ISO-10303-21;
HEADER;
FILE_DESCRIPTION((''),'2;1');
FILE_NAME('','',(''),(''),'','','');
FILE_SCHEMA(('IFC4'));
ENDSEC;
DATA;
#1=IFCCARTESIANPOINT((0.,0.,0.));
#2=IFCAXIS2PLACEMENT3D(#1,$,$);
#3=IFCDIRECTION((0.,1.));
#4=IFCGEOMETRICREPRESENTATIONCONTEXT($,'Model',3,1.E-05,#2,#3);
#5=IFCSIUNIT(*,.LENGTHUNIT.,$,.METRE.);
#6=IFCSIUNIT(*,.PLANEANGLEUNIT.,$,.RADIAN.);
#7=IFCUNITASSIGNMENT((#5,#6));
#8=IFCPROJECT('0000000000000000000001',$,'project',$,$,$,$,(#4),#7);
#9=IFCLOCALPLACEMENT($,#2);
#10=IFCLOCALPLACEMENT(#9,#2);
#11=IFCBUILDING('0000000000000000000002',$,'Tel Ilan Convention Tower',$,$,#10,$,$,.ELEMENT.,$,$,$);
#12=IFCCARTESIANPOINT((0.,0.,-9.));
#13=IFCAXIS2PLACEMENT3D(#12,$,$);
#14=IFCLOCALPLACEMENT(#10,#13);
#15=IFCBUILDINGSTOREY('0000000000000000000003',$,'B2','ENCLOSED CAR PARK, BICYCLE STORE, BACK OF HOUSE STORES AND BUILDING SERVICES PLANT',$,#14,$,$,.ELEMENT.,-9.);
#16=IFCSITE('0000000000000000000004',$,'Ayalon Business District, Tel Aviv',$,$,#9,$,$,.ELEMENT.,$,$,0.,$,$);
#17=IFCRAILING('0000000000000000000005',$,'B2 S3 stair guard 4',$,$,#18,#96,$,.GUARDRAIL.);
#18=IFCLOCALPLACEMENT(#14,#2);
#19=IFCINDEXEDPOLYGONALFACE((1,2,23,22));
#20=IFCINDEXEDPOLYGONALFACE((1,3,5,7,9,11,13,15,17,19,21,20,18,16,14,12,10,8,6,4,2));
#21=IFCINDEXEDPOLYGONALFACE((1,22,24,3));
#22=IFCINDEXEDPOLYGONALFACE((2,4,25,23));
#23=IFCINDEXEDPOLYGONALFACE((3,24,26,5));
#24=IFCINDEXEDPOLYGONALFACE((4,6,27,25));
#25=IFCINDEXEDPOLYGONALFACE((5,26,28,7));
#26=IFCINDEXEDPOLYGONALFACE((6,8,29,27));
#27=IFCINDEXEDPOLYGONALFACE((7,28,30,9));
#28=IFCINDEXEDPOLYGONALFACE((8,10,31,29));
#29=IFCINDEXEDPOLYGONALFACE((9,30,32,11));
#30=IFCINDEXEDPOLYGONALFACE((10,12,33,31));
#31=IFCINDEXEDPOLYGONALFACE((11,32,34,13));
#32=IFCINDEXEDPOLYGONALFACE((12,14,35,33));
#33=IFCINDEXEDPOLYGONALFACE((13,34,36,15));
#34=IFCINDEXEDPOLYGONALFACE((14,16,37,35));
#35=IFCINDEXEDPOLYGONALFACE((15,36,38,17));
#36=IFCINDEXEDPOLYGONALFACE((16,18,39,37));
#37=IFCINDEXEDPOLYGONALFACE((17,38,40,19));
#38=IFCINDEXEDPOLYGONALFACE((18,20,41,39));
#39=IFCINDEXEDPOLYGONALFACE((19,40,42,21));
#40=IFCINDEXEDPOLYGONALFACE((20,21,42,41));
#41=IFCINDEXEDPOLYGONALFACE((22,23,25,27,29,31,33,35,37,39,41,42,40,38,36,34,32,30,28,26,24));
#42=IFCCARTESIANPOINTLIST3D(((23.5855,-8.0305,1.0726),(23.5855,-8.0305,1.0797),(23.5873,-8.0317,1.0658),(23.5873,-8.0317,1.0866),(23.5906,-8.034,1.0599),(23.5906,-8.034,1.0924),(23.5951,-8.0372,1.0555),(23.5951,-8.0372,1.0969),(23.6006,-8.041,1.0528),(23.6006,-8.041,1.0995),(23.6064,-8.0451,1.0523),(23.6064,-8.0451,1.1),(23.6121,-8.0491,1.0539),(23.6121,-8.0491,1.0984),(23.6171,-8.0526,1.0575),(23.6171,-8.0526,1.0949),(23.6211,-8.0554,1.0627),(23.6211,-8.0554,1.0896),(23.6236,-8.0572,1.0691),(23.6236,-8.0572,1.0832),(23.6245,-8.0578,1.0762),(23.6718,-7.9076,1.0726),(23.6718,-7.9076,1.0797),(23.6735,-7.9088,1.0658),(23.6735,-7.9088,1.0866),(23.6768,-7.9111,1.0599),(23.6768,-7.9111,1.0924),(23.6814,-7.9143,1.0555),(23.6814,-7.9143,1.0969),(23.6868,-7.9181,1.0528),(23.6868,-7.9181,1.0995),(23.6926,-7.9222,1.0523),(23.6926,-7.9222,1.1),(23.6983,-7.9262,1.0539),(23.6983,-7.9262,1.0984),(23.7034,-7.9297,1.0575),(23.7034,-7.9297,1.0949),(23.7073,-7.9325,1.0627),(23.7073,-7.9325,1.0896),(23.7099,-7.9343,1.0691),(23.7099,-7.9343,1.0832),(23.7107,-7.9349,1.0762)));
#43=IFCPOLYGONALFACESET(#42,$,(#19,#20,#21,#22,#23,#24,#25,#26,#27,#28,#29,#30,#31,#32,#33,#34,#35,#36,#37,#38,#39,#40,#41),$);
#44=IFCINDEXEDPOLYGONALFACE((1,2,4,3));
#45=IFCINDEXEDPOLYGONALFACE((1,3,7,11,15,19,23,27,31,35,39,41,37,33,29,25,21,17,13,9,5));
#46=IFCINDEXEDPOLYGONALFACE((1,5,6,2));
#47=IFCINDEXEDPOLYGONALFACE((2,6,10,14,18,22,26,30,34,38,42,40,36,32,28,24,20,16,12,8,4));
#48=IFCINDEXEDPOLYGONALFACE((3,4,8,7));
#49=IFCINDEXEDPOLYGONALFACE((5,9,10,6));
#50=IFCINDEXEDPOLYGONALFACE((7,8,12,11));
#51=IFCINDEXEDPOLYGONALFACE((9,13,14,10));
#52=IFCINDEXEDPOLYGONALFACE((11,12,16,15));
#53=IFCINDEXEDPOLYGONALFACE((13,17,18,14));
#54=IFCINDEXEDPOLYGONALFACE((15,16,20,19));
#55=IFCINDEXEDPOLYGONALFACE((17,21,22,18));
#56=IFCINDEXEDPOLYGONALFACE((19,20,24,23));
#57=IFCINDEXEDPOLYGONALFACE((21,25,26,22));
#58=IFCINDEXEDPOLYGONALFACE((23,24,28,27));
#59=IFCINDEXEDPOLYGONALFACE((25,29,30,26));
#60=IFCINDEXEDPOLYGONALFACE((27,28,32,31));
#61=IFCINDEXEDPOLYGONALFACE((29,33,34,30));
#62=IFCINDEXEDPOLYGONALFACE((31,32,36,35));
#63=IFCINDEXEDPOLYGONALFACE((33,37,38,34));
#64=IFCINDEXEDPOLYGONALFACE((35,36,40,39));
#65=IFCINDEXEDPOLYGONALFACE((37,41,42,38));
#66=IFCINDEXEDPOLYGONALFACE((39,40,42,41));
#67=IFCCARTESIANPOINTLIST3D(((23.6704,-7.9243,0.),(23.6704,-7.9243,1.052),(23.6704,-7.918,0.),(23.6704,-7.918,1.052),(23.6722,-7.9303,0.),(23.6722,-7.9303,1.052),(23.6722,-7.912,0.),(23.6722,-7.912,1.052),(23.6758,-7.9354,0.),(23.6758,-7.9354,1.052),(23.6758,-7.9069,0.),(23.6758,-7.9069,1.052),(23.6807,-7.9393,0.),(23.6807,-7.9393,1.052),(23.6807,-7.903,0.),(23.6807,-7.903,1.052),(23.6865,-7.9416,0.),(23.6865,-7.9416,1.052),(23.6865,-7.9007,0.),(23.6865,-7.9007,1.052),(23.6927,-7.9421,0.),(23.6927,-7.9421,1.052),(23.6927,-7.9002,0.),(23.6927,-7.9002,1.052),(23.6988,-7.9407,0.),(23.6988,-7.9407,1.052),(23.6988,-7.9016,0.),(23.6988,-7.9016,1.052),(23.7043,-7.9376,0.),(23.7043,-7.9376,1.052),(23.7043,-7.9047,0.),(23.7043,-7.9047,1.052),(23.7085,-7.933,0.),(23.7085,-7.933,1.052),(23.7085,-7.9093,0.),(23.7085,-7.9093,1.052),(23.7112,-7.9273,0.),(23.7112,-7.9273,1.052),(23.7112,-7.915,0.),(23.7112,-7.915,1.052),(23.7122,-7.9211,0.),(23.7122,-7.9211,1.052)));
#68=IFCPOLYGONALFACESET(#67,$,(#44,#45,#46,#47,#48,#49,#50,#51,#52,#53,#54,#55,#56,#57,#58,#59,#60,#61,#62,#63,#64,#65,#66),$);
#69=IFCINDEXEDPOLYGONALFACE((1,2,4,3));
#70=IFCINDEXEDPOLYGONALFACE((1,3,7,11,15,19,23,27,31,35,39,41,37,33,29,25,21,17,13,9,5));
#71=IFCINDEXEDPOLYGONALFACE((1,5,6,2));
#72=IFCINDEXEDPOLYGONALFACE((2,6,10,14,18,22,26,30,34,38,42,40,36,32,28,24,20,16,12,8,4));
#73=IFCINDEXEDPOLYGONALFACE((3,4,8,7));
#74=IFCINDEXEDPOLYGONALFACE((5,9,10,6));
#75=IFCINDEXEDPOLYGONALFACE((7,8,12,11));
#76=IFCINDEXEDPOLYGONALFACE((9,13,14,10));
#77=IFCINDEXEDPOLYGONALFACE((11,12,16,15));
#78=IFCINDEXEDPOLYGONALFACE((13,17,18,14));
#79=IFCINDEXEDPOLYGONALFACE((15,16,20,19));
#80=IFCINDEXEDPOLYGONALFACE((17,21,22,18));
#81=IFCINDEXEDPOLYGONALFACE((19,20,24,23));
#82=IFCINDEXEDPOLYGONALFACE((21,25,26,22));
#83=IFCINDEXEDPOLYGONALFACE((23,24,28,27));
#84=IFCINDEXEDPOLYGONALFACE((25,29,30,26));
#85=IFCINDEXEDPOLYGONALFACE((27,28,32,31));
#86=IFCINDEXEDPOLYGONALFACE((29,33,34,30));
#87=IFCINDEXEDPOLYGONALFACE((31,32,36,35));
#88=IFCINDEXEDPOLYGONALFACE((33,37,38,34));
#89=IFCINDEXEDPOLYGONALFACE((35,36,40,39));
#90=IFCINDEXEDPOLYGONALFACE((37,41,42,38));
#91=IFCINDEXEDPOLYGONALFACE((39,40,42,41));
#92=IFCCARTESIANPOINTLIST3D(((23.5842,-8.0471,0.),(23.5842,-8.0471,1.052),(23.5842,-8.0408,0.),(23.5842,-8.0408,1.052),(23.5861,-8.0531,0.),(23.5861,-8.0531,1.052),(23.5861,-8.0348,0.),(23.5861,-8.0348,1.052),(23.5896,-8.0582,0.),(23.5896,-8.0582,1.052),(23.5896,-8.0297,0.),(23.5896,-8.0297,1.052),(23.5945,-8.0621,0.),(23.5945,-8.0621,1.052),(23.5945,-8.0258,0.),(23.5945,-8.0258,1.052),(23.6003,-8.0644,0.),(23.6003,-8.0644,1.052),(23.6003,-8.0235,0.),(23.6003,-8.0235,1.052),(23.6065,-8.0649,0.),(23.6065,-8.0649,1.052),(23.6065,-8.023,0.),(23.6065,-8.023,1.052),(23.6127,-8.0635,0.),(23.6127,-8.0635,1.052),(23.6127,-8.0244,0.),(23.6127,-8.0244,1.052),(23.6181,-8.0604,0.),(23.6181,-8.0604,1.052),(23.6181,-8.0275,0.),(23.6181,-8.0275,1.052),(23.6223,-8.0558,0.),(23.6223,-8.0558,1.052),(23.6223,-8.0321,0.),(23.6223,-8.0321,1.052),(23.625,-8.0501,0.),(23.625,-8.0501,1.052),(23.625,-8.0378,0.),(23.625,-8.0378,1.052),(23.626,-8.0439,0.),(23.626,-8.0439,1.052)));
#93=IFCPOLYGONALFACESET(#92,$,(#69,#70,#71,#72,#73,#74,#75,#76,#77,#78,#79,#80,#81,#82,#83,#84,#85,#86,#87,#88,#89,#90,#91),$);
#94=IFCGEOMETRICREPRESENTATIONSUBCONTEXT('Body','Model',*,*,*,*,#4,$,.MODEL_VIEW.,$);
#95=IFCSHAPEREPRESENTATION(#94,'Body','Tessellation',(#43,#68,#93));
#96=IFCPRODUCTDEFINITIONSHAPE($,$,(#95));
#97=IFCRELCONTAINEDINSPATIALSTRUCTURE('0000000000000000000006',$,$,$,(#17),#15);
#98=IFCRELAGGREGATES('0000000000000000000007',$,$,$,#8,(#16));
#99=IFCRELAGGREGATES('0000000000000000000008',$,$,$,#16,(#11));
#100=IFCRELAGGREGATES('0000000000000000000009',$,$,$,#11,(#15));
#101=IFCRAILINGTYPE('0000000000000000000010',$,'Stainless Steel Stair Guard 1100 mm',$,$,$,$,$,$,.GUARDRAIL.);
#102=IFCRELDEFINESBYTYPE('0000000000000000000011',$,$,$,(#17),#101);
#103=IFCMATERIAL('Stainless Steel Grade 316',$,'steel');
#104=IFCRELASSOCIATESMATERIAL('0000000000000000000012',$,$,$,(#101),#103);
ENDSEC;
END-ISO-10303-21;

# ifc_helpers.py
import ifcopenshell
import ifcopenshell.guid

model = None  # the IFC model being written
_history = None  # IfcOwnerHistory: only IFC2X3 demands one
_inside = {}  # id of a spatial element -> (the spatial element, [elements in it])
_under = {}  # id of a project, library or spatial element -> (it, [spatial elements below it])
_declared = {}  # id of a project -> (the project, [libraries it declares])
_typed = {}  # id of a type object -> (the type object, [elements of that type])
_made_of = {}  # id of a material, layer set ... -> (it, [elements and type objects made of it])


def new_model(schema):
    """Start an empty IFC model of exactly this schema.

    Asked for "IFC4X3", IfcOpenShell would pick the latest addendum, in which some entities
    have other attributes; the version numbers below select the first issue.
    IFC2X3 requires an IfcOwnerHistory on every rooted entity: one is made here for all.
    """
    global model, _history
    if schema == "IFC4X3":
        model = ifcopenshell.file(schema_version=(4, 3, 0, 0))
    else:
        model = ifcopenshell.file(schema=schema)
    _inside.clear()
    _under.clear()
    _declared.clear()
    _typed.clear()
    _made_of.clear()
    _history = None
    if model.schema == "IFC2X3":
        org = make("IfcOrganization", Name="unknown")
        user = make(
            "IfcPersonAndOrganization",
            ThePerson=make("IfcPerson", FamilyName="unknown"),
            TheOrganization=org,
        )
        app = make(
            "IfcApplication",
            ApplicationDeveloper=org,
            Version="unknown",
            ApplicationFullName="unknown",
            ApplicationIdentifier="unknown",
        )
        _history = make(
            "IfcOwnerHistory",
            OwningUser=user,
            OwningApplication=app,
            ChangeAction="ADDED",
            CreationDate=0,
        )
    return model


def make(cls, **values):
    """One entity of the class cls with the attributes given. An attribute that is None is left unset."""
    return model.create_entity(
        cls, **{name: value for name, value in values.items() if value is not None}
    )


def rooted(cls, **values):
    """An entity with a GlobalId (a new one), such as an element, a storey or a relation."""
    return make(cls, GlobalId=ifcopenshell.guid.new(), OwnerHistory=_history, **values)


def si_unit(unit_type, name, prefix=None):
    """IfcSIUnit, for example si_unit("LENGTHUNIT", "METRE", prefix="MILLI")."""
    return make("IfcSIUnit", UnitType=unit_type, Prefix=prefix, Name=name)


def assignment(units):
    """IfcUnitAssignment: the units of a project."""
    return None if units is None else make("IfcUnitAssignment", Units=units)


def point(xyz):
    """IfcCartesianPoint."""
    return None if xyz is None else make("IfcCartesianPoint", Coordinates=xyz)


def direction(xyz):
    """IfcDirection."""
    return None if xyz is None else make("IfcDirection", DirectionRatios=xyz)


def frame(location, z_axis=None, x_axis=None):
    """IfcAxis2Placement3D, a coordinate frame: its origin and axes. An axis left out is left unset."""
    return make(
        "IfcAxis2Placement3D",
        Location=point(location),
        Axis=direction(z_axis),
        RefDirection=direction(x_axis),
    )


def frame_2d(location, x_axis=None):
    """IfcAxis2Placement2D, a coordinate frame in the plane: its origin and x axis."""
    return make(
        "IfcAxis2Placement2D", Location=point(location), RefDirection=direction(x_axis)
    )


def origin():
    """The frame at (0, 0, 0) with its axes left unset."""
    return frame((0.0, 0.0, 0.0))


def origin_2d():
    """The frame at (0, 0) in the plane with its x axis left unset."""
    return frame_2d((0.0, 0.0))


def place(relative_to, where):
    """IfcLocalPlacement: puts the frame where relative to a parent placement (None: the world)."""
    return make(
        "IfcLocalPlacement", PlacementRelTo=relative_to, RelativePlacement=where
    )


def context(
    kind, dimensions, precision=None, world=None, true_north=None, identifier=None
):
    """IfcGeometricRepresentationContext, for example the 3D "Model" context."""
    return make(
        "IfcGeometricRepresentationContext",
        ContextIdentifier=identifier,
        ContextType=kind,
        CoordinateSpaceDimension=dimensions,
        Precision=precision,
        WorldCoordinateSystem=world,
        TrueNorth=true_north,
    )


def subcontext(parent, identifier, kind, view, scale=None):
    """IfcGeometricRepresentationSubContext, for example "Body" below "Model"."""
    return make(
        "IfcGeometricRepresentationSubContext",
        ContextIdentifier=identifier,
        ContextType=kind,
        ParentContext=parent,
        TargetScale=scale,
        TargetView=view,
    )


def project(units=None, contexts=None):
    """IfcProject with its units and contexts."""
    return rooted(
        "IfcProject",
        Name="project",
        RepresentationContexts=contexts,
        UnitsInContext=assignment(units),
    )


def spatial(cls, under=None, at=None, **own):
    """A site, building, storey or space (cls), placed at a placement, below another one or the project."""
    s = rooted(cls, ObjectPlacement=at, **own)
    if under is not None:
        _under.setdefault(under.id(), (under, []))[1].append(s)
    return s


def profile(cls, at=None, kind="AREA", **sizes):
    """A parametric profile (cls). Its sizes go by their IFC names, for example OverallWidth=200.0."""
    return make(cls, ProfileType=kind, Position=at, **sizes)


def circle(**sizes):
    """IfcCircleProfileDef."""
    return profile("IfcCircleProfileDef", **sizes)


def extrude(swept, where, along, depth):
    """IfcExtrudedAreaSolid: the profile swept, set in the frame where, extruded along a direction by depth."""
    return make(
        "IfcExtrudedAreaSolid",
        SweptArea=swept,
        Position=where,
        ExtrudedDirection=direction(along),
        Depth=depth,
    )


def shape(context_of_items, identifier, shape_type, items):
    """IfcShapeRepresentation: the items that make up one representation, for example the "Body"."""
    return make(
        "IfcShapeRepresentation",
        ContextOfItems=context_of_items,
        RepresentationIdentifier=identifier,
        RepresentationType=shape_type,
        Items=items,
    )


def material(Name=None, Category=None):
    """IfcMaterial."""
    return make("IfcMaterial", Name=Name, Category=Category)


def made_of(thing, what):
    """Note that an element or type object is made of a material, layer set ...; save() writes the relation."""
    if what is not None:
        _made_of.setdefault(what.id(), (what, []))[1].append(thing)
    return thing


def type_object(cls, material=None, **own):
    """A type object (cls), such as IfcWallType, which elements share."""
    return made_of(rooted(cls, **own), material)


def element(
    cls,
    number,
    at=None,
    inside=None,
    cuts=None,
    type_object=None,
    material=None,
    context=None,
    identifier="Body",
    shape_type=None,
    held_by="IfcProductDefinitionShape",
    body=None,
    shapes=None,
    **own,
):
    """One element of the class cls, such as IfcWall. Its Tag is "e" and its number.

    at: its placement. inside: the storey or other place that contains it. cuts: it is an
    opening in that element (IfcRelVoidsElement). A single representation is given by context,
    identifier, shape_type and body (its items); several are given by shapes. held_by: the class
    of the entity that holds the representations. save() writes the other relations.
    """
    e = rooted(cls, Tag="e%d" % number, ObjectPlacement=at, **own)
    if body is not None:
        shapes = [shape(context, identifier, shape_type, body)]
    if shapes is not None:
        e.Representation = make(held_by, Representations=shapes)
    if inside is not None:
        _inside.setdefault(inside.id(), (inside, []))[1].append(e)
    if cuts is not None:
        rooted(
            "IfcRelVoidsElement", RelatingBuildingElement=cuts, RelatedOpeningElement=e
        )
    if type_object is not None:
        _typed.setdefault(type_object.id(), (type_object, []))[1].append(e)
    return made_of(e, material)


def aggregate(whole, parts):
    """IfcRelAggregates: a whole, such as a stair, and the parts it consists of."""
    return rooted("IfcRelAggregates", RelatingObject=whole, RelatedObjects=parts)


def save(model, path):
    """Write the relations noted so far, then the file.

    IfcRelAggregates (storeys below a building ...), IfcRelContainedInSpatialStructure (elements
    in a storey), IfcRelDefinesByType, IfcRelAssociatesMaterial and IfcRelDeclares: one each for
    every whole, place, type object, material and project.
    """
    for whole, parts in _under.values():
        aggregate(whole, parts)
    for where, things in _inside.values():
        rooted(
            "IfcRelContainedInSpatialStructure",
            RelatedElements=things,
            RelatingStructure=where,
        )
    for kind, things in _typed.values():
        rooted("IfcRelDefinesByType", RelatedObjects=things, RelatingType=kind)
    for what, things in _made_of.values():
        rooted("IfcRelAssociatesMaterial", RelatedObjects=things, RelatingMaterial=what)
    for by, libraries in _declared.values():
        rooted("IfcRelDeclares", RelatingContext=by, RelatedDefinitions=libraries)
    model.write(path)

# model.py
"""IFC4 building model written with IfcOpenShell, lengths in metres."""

from ifc_helpers import new_model, si_unit, direction, frame, origin, origin_2d, place, context, subcontext, project, spatial, circle, extrude, material, type_object, element, save


model = new_model("IFC4")

# Units and contexts
model_context = context("Model", 3, precision=1e-05, world=origin(), true_north=direction((0.0, 1.0)))
body_context = subcontext(model_context, "Body", "Model", "MODEL_VIEW")
ifc_project = project(units=[si_unit("LENGTHUNIT", "METRE"), si_unit("PLANEANGLEUNIT", "RADIAN")], contexts=[model_context])

# Site, building, storey
site_placement = place(None, origin())
site = spatial("IfcSite", under=ifc_project, at=site_placement, Name="Ayalon Business District, Tel Aviv", CompositionType="ELEMENT", RefElevation=0.0)
building_placement = place(site_placement, origin())
building = spatial("IfcBuilding", under=site, at=building_placement, Name="Tel Ilan Convention Tower", CompositionType="ELEMENT")
storey_placement = place(building_placement, frame((0.0, 0.0, -9.0)))
storey = spatial("IfcBuildingStorey", under=building, at=storey_placement, Name="B2", Description="ENCLOSED CAR PARK, BICYCLE STORE, BACK OF HOUSE STORES AND BUILDING SERVICES PLANT", CompositionType="ELEMENT", Elevation=-9.0)

# Railing
ifc_material_1 = material(Name="Stainless Steel Grade 316", Category="steel")
railing_type_1 = type_object("IfcRailingType", Name="Stainless Steel Stair Guard 1100 mm", PredefinedType="GUARDRAIL", material=ifc_material_1)
railing_1_placement = place(storey_placement, frame((23.6912, -7.9211, 0.0)))
element("IfcRailing", 1, at=railing_1_placement, inside=storey, type_object=railing_type_1, Name="B2 S3 stair guard 4", PredefinedType="GUARDRAIL", context=body_context, shape_type="SweptSolid", body=[
    extrude(circle(Radius=0.0239, at=origin_2d()), frame((0.0, 0.0, 1.0762), z_axis=(-0.574445, -0.818543, 0.0), x_axis=(0.818543, -0.574445, 0.0)), (0.0, 0.0, 1.0), 0.1501),
    extrude(circle(Radius=0.021, at=origin_2d()), origin(), (0.0, 0.0, 1.0), 1.052),
    extrude(circle(Radius=0.021, at=origin_2d()), frame((-0.0862, -0.1228, 0.0)), (0.0, 0.0, 1.0), 1.052),
])

save(model, "model.ifc")
